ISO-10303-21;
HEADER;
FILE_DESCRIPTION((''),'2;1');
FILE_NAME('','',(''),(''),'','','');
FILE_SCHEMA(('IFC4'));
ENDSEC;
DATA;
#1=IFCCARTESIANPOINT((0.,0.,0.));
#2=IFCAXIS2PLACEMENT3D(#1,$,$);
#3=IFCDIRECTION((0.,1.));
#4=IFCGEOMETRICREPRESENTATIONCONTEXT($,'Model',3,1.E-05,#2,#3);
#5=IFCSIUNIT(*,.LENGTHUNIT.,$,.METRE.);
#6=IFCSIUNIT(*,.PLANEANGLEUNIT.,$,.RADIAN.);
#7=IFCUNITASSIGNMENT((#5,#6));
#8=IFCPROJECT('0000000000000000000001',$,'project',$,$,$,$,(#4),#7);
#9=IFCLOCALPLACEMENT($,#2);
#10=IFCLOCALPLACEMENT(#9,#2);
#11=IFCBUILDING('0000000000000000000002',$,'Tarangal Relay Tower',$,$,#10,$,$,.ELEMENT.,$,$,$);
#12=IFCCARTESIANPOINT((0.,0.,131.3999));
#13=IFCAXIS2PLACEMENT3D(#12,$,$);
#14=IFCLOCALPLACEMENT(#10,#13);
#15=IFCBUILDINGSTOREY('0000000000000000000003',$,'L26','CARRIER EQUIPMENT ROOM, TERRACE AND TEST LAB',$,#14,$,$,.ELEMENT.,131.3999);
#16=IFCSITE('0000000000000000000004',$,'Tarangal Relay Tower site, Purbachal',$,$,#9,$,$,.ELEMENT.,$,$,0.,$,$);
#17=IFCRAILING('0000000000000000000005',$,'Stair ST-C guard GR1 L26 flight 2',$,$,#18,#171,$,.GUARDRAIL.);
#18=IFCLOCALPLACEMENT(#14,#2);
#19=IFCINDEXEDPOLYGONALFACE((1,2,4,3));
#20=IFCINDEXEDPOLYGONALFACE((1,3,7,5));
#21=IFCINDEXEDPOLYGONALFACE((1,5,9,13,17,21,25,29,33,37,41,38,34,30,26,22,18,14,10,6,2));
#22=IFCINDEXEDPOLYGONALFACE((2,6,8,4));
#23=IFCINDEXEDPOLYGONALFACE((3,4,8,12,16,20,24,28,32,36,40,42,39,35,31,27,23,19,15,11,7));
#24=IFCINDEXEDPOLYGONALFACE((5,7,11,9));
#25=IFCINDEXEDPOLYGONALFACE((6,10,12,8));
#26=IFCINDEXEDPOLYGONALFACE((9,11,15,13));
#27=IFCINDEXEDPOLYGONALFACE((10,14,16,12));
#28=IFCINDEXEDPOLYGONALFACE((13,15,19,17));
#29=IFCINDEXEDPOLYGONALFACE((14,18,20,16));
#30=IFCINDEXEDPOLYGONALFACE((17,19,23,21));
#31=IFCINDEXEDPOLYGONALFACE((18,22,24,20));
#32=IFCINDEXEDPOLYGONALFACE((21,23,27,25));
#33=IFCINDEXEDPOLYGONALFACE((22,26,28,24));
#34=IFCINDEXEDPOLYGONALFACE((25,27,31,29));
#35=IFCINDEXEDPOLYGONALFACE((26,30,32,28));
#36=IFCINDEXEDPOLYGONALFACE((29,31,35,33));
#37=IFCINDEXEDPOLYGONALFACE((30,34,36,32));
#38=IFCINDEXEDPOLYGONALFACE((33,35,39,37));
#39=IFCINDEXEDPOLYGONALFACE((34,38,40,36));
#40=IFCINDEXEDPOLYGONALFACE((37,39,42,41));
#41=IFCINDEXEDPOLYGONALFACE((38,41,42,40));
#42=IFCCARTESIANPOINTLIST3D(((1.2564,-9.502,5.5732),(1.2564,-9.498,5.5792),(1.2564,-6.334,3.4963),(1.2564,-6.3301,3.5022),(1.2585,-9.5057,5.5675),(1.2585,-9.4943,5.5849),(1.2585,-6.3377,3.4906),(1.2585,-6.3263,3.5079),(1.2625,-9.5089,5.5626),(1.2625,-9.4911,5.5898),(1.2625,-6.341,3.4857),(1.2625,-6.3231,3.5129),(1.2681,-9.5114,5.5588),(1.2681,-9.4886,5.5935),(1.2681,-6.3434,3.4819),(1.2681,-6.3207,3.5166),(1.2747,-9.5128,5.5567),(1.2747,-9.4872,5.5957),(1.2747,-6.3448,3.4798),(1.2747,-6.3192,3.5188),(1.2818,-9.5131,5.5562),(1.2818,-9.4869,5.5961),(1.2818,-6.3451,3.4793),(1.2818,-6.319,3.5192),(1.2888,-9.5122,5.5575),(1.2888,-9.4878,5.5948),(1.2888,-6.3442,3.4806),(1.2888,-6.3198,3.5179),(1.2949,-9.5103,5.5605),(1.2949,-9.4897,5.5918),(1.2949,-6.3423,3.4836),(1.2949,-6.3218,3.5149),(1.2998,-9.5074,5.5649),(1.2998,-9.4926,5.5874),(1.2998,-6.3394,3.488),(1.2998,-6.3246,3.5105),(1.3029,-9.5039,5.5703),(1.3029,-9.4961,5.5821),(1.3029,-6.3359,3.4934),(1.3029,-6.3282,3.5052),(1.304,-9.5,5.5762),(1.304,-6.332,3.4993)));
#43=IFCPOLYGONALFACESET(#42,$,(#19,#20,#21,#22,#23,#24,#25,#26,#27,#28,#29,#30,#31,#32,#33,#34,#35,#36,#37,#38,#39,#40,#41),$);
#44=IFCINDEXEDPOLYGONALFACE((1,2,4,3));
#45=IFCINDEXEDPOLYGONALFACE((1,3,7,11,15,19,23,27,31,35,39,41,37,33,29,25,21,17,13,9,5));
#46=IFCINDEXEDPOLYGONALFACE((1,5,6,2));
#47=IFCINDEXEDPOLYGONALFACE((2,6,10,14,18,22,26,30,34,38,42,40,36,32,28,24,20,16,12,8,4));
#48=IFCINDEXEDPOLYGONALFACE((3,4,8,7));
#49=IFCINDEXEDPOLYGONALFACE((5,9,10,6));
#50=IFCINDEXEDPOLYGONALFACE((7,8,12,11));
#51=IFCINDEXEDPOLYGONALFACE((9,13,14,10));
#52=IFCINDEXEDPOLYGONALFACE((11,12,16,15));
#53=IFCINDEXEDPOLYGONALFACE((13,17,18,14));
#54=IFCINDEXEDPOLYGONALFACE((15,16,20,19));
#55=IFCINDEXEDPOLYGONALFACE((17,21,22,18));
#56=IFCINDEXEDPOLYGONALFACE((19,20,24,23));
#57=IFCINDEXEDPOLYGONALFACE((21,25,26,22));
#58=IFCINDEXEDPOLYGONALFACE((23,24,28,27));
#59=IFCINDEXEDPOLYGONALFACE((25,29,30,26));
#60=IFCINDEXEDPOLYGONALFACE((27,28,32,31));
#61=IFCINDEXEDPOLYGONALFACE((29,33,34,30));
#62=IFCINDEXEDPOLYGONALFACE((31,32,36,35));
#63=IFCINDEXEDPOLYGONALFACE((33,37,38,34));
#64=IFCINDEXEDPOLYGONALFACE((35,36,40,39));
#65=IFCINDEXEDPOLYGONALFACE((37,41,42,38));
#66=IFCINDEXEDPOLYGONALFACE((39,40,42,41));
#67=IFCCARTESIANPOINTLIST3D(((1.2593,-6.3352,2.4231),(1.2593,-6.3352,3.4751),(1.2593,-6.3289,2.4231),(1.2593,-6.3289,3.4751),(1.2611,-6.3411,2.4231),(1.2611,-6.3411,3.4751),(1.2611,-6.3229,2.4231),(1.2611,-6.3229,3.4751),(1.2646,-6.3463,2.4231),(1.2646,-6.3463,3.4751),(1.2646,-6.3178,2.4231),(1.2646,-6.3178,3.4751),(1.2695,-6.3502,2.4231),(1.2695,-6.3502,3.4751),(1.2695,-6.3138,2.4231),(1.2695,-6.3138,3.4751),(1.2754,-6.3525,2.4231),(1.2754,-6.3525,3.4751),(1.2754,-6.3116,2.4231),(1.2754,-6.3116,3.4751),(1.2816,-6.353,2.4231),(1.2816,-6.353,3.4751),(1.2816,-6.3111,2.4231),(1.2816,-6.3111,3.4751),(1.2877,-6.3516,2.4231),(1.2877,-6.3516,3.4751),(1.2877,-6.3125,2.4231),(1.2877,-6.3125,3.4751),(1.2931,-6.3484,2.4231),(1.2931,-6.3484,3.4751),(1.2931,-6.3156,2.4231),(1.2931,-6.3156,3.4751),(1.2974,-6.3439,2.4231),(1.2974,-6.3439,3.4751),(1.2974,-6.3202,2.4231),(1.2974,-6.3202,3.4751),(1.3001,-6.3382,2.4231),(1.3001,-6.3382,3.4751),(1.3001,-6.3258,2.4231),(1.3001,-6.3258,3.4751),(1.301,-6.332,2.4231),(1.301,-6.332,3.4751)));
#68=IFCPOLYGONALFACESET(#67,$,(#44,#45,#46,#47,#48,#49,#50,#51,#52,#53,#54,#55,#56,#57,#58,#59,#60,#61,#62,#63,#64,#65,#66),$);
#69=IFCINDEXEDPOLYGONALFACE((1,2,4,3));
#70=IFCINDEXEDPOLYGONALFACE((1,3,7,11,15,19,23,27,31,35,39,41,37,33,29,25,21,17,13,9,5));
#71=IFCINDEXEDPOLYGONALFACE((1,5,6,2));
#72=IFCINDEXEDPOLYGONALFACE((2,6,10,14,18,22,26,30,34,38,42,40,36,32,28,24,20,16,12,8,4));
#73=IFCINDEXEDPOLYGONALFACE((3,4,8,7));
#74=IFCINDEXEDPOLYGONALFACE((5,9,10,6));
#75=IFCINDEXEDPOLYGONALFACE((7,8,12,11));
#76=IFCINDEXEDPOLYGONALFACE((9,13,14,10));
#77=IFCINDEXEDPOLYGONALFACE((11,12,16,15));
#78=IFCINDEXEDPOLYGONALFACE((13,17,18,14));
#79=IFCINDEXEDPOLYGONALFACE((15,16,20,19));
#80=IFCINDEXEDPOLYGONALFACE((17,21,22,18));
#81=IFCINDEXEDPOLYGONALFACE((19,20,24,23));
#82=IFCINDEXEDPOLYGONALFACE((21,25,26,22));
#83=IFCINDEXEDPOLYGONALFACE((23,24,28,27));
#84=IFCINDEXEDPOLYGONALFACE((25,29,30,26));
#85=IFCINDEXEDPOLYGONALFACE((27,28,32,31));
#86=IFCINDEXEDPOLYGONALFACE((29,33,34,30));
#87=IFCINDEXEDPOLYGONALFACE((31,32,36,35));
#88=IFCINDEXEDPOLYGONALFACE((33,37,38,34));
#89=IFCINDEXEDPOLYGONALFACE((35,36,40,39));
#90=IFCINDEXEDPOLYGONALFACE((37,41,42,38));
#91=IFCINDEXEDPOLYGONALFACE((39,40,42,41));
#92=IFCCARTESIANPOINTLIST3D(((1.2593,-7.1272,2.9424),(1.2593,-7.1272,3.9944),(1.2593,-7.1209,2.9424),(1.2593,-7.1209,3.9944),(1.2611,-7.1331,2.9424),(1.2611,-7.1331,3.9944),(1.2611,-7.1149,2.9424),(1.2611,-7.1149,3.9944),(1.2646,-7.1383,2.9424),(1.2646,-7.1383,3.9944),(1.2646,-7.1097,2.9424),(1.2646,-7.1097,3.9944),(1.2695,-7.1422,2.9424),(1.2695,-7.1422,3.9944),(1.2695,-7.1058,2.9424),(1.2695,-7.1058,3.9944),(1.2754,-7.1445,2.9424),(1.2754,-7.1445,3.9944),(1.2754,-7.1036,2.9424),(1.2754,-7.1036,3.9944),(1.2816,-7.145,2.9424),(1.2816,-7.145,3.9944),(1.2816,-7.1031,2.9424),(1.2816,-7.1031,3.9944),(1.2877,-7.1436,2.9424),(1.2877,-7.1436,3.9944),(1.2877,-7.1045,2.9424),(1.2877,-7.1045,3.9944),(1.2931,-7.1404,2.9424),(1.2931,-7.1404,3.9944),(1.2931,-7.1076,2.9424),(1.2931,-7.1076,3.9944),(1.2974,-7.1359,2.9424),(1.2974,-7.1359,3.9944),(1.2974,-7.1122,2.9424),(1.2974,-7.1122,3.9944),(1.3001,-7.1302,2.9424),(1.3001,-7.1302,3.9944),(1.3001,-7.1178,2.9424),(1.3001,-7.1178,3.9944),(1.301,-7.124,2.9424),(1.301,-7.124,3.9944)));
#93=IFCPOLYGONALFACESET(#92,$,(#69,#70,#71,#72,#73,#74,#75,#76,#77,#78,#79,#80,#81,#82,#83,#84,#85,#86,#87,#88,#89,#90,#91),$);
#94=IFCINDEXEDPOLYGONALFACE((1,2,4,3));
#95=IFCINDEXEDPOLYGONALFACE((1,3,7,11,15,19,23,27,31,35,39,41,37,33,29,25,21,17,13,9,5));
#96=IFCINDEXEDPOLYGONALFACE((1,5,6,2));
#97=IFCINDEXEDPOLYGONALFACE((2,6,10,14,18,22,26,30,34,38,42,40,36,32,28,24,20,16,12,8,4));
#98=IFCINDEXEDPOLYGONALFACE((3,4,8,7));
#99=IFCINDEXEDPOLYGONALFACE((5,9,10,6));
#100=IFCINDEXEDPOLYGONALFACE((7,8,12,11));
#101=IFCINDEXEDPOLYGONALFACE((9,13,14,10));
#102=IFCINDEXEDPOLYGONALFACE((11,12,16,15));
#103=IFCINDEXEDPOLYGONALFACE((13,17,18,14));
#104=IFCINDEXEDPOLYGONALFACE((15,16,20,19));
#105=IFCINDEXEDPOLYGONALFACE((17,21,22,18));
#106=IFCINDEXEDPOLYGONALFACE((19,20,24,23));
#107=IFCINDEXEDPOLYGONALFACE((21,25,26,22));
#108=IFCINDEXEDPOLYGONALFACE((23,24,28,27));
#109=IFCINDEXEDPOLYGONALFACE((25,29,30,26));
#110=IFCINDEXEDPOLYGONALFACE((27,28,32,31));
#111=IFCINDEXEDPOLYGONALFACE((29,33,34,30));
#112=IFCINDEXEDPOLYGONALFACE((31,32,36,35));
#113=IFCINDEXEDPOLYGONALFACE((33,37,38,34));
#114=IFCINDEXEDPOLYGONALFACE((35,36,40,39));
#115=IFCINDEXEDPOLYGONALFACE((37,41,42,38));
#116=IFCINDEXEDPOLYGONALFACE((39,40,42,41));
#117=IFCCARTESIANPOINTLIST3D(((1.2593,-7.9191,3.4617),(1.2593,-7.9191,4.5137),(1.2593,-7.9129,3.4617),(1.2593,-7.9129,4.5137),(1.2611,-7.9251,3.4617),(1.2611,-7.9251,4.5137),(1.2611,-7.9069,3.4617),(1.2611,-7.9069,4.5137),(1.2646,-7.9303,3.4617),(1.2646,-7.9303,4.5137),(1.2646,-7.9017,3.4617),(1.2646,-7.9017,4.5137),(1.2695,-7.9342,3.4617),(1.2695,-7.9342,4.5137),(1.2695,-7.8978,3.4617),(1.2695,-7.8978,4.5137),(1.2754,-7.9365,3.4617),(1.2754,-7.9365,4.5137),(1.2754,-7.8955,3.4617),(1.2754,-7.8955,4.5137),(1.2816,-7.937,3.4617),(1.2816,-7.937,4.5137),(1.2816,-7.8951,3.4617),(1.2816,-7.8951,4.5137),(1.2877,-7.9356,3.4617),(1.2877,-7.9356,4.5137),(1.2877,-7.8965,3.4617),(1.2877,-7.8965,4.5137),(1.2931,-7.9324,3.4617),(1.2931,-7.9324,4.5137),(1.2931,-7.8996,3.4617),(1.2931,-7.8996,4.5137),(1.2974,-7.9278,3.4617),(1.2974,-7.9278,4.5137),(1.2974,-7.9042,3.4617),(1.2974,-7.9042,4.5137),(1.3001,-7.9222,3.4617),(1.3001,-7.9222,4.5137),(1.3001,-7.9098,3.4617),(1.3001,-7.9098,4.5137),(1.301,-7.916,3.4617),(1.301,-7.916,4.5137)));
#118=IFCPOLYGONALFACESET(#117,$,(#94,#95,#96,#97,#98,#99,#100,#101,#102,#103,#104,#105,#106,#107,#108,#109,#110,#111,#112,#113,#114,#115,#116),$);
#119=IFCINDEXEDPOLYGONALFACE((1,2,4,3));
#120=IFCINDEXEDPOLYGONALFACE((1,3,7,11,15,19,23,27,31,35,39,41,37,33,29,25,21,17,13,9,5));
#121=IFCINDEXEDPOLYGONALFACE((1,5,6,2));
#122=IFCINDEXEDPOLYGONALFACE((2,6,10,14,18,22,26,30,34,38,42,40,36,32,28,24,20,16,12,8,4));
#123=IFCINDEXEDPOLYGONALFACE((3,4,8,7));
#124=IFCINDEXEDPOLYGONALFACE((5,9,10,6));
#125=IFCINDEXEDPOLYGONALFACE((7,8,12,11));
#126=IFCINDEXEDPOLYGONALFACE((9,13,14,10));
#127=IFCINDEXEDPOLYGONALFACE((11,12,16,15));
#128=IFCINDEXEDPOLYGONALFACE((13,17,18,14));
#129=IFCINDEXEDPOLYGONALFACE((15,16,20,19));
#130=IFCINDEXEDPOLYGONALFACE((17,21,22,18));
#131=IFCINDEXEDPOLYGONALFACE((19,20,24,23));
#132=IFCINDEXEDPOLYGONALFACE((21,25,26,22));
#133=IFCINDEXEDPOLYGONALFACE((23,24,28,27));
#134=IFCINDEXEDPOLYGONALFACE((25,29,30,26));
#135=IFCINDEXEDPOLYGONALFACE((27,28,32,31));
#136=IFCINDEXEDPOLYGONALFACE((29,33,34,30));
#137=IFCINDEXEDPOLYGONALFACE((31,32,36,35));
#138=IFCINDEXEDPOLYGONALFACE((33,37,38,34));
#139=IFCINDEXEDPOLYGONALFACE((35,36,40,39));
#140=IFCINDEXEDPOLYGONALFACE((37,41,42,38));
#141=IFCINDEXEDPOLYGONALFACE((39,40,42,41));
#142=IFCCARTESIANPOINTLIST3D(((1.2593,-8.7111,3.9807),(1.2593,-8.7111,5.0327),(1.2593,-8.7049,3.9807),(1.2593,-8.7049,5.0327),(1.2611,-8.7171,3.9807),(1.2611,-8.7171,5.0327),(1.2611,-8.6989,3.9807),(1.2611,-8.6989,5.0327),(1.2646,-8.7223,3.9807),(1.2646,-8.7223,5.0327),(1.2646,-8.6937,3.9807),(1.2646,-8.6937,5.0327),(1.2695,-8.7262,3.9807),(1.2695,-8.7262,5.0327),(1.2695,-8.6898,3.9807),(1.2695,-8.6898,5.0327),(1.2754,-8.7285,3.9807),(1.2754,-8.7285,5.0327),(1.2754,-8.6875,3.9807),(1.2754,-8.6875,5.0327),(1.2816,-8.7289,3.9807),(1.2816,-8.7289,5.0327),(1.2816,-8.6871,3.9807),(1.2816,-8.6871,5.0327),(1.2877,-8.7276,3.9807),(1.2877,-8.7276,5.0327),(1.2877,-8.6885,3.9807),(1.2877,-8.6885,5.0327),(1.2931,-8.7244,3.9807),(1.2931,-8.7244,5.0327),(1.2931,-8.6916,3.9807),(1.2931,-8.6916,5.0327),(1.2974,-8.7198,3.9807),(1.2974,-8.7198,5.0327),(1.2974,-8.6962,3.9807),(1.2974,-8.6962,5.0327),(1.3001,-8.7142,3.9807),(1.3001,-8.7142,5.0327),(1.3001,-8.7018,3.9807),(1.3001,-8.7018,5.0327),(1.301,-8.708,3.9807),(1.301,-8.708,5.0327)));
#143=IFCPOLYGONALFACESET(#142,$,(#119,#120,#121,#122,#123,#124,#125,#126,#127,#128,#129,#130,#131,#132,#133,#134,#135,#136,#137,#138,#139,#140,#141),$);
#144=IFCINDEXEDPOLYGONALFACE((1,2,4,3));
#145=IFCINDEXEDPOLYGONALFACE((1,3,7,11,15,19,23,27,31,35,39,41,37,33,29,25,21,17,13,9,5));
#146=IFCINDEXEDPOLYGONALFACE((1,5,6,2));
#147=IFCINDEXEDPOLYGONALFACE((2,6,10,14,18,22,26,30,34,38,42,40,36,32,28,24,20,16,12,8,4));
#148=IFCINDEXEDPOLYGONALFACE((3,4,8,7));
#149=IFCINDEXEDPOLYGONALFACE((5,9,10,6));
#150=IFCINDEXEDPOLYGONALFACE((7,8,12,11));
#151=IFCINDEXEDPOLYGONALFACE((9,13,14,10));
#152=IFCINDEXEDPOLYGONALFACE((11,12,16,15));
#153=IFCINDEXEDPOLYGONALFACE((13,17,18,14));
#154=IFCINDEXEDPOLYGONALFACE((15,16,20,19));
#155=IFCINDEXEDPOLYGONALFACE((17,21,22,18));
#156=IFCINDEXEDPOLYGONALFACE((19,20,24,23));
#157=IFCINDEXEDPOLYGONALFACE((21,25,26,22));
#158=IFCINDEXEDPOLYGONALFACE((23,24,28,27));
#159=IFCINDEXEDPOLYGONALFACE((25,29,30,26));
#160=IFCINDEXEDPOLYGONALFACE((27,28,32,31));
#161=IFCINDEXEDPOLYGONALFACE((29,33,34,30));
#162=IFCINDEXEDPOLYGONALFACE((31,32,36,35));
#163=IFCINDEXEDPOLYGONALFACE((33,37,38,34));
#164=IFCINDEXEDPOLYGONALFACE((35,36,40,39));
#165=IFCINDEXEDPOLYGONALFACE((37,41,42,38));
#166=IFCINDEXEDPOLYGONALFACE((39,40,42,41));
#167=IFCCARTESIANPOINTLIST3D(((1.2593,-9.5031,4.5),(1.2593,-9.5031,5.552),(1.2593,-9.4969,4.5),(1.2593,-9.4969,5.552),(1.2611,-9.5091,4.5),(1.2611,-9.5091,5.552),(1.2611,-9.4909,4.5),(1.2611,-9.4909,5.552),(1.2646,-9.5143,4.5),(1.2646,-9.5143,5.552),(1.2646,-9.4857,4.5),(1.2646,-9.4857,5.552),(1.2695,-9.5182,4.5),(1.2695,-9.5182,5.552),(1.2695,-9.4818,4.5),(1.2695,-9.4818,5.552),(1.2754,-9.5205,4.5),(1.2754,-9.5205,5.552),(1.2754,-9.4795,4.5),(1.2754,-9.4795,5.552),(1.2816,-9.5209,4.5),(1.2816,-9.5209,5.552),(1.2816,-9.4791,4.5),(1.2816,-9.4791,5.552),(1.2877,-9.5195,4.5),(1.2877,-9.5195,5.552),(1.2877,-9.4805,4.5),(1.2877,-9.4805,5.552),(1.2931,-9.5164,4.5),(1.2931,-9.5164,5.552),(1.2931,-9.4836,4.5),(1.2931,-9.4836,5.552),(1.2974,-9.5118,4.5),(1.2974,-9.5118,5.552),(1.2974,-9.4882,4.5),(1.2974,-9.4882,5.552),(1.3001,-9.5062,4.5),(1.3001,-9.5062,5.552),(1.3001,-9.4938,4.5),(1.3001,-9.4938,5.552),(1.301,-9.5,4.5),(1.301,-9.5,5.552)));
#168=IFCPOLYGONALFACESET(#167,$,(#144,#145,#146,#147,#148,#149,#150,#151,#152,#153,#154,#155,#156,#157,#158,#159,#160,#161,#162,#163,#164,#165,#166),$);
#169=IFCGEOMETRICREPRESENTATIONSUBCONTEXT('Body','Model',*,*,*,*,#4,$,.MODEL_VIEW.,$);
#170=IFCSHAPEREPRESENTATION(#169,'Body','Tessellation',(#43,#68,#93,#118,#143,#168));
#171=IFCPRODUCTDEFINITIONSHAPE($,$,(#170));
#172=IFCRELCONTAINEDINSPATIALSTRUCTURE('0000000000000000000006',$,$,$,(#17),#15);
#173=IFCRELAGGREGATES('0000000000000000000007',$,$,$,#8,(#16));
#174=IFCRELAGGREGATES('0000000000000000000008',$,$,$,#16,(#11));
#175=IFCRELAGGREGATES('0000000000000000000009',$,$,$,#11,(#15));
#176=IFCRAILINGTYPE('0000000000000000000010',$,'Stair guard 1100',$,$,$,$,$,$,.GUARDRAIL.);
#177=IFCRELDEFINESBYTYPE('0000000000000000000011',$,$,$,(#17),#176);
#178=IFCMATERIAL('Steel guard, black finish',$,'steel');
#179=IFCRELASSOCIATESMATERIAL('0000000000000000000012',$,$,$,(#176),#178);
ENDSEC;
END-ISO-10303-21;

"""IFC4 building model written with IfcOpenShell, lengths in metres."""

from ifc_helpers import new_model, si_unit, direction, frame, origin, origin_2d, place, context, subcontext, project, spatial, circle, extrude, material, type_object, element, save


model = new_model("IFC4")

# Units and contexts
model_context = context("Model", 3, precision=1e-05, world=origin(), true_north=direction((0.0, 1.0)))
body_context = subcontext(model_context, "Body", "Model", "MODEL_VIEW")
ifc_project = project(units=[si_unit("LENGTHUNIT", "METRE"), si_unit("PLANEANGLEUNIT", "RADIAN")], contexts=[model_context])

# Site, building, storey
site_placement = place(None, origin())
site = spatial("IfcSite", under=ifc_project, at=site_placement, Name="Tarangal Relay Tower site, Purbachal", CompositionType="ELEMENT", RefElevation=0.0)
building_placement = place(site_placement, origin())
building = spatial("IfcBuilding", under=site, at=building_placement, Name="Tarangal Relay Tower", CompositionType="ELEMENT")
storey_placement = place(building_placement, frame((0.0, 0.0, 131.3999)))
storey = spatial("IfcBuildingStorey", under=building, at=storey_placement, Name="L26", Description="CARRIER EQUIPMENT ROOM, TERRACE AND TEST LAB", CompositionType="ELEMENT", Elevation=131.3999)

# Railing
ifc_material_1 = material(Name="Steel guard, black finish", Category="steel")
railing_type_1 = type_object("IfcRailingType", Name="Stair guard 1100", PredefinedType="GUARDRAIL", material=ifc_material_1)
railing_1_placement = place(storey_placement, frame((1.28, -6.332, 2.4231)))
element("IfcRailing", 1, at=railing_1_placement, inside=storey, type_object=railing_type_1, Name="Stair ST-C guard GR1 L26 flight 2", PredefinedType="GUARDRAIL", context=body_context, shape_type="SweptSolid", body=[
    extrude(circle(Radius=0.0239, at=origin_2d()), frame((0.0, 0.0, 1.0762), z_axis=(0.0, -0.836299, 0.548273), x_axis=(1.0, 0.0, 0.0)), (0.0, 0.0, 1.0), 3.7881),
    extrude(circle(Radius=0.021, at=origin_2d()), origin(), (0.0, 0.0, 1.0), 1.052),
    extrude(circle(Radius=0.021, at=origin_2d()), frame((0.0, -0.792, 0.5193)), (0.0, 0.0, 1.0), 1.052),
    extrude(circle(Radius=0.021, at=origin_2d()), frame((0.0, -1.584, 1.0386)), (0.0, 0.0, 1.0), 1.052),
    extrude(circle(Radius=0.021, at=origin_2d()), frame((0.0, -2.376, 1.5576)), (0.0, 0.0, 1.0), 1.052),
    extrude(circle(Radius=0.021, at=origin_2d()), frame((0.0, -3.168, 2.0769)), (0.0, 0.0, 1.0), 1.052),
])

save(model, "model.ifc")
